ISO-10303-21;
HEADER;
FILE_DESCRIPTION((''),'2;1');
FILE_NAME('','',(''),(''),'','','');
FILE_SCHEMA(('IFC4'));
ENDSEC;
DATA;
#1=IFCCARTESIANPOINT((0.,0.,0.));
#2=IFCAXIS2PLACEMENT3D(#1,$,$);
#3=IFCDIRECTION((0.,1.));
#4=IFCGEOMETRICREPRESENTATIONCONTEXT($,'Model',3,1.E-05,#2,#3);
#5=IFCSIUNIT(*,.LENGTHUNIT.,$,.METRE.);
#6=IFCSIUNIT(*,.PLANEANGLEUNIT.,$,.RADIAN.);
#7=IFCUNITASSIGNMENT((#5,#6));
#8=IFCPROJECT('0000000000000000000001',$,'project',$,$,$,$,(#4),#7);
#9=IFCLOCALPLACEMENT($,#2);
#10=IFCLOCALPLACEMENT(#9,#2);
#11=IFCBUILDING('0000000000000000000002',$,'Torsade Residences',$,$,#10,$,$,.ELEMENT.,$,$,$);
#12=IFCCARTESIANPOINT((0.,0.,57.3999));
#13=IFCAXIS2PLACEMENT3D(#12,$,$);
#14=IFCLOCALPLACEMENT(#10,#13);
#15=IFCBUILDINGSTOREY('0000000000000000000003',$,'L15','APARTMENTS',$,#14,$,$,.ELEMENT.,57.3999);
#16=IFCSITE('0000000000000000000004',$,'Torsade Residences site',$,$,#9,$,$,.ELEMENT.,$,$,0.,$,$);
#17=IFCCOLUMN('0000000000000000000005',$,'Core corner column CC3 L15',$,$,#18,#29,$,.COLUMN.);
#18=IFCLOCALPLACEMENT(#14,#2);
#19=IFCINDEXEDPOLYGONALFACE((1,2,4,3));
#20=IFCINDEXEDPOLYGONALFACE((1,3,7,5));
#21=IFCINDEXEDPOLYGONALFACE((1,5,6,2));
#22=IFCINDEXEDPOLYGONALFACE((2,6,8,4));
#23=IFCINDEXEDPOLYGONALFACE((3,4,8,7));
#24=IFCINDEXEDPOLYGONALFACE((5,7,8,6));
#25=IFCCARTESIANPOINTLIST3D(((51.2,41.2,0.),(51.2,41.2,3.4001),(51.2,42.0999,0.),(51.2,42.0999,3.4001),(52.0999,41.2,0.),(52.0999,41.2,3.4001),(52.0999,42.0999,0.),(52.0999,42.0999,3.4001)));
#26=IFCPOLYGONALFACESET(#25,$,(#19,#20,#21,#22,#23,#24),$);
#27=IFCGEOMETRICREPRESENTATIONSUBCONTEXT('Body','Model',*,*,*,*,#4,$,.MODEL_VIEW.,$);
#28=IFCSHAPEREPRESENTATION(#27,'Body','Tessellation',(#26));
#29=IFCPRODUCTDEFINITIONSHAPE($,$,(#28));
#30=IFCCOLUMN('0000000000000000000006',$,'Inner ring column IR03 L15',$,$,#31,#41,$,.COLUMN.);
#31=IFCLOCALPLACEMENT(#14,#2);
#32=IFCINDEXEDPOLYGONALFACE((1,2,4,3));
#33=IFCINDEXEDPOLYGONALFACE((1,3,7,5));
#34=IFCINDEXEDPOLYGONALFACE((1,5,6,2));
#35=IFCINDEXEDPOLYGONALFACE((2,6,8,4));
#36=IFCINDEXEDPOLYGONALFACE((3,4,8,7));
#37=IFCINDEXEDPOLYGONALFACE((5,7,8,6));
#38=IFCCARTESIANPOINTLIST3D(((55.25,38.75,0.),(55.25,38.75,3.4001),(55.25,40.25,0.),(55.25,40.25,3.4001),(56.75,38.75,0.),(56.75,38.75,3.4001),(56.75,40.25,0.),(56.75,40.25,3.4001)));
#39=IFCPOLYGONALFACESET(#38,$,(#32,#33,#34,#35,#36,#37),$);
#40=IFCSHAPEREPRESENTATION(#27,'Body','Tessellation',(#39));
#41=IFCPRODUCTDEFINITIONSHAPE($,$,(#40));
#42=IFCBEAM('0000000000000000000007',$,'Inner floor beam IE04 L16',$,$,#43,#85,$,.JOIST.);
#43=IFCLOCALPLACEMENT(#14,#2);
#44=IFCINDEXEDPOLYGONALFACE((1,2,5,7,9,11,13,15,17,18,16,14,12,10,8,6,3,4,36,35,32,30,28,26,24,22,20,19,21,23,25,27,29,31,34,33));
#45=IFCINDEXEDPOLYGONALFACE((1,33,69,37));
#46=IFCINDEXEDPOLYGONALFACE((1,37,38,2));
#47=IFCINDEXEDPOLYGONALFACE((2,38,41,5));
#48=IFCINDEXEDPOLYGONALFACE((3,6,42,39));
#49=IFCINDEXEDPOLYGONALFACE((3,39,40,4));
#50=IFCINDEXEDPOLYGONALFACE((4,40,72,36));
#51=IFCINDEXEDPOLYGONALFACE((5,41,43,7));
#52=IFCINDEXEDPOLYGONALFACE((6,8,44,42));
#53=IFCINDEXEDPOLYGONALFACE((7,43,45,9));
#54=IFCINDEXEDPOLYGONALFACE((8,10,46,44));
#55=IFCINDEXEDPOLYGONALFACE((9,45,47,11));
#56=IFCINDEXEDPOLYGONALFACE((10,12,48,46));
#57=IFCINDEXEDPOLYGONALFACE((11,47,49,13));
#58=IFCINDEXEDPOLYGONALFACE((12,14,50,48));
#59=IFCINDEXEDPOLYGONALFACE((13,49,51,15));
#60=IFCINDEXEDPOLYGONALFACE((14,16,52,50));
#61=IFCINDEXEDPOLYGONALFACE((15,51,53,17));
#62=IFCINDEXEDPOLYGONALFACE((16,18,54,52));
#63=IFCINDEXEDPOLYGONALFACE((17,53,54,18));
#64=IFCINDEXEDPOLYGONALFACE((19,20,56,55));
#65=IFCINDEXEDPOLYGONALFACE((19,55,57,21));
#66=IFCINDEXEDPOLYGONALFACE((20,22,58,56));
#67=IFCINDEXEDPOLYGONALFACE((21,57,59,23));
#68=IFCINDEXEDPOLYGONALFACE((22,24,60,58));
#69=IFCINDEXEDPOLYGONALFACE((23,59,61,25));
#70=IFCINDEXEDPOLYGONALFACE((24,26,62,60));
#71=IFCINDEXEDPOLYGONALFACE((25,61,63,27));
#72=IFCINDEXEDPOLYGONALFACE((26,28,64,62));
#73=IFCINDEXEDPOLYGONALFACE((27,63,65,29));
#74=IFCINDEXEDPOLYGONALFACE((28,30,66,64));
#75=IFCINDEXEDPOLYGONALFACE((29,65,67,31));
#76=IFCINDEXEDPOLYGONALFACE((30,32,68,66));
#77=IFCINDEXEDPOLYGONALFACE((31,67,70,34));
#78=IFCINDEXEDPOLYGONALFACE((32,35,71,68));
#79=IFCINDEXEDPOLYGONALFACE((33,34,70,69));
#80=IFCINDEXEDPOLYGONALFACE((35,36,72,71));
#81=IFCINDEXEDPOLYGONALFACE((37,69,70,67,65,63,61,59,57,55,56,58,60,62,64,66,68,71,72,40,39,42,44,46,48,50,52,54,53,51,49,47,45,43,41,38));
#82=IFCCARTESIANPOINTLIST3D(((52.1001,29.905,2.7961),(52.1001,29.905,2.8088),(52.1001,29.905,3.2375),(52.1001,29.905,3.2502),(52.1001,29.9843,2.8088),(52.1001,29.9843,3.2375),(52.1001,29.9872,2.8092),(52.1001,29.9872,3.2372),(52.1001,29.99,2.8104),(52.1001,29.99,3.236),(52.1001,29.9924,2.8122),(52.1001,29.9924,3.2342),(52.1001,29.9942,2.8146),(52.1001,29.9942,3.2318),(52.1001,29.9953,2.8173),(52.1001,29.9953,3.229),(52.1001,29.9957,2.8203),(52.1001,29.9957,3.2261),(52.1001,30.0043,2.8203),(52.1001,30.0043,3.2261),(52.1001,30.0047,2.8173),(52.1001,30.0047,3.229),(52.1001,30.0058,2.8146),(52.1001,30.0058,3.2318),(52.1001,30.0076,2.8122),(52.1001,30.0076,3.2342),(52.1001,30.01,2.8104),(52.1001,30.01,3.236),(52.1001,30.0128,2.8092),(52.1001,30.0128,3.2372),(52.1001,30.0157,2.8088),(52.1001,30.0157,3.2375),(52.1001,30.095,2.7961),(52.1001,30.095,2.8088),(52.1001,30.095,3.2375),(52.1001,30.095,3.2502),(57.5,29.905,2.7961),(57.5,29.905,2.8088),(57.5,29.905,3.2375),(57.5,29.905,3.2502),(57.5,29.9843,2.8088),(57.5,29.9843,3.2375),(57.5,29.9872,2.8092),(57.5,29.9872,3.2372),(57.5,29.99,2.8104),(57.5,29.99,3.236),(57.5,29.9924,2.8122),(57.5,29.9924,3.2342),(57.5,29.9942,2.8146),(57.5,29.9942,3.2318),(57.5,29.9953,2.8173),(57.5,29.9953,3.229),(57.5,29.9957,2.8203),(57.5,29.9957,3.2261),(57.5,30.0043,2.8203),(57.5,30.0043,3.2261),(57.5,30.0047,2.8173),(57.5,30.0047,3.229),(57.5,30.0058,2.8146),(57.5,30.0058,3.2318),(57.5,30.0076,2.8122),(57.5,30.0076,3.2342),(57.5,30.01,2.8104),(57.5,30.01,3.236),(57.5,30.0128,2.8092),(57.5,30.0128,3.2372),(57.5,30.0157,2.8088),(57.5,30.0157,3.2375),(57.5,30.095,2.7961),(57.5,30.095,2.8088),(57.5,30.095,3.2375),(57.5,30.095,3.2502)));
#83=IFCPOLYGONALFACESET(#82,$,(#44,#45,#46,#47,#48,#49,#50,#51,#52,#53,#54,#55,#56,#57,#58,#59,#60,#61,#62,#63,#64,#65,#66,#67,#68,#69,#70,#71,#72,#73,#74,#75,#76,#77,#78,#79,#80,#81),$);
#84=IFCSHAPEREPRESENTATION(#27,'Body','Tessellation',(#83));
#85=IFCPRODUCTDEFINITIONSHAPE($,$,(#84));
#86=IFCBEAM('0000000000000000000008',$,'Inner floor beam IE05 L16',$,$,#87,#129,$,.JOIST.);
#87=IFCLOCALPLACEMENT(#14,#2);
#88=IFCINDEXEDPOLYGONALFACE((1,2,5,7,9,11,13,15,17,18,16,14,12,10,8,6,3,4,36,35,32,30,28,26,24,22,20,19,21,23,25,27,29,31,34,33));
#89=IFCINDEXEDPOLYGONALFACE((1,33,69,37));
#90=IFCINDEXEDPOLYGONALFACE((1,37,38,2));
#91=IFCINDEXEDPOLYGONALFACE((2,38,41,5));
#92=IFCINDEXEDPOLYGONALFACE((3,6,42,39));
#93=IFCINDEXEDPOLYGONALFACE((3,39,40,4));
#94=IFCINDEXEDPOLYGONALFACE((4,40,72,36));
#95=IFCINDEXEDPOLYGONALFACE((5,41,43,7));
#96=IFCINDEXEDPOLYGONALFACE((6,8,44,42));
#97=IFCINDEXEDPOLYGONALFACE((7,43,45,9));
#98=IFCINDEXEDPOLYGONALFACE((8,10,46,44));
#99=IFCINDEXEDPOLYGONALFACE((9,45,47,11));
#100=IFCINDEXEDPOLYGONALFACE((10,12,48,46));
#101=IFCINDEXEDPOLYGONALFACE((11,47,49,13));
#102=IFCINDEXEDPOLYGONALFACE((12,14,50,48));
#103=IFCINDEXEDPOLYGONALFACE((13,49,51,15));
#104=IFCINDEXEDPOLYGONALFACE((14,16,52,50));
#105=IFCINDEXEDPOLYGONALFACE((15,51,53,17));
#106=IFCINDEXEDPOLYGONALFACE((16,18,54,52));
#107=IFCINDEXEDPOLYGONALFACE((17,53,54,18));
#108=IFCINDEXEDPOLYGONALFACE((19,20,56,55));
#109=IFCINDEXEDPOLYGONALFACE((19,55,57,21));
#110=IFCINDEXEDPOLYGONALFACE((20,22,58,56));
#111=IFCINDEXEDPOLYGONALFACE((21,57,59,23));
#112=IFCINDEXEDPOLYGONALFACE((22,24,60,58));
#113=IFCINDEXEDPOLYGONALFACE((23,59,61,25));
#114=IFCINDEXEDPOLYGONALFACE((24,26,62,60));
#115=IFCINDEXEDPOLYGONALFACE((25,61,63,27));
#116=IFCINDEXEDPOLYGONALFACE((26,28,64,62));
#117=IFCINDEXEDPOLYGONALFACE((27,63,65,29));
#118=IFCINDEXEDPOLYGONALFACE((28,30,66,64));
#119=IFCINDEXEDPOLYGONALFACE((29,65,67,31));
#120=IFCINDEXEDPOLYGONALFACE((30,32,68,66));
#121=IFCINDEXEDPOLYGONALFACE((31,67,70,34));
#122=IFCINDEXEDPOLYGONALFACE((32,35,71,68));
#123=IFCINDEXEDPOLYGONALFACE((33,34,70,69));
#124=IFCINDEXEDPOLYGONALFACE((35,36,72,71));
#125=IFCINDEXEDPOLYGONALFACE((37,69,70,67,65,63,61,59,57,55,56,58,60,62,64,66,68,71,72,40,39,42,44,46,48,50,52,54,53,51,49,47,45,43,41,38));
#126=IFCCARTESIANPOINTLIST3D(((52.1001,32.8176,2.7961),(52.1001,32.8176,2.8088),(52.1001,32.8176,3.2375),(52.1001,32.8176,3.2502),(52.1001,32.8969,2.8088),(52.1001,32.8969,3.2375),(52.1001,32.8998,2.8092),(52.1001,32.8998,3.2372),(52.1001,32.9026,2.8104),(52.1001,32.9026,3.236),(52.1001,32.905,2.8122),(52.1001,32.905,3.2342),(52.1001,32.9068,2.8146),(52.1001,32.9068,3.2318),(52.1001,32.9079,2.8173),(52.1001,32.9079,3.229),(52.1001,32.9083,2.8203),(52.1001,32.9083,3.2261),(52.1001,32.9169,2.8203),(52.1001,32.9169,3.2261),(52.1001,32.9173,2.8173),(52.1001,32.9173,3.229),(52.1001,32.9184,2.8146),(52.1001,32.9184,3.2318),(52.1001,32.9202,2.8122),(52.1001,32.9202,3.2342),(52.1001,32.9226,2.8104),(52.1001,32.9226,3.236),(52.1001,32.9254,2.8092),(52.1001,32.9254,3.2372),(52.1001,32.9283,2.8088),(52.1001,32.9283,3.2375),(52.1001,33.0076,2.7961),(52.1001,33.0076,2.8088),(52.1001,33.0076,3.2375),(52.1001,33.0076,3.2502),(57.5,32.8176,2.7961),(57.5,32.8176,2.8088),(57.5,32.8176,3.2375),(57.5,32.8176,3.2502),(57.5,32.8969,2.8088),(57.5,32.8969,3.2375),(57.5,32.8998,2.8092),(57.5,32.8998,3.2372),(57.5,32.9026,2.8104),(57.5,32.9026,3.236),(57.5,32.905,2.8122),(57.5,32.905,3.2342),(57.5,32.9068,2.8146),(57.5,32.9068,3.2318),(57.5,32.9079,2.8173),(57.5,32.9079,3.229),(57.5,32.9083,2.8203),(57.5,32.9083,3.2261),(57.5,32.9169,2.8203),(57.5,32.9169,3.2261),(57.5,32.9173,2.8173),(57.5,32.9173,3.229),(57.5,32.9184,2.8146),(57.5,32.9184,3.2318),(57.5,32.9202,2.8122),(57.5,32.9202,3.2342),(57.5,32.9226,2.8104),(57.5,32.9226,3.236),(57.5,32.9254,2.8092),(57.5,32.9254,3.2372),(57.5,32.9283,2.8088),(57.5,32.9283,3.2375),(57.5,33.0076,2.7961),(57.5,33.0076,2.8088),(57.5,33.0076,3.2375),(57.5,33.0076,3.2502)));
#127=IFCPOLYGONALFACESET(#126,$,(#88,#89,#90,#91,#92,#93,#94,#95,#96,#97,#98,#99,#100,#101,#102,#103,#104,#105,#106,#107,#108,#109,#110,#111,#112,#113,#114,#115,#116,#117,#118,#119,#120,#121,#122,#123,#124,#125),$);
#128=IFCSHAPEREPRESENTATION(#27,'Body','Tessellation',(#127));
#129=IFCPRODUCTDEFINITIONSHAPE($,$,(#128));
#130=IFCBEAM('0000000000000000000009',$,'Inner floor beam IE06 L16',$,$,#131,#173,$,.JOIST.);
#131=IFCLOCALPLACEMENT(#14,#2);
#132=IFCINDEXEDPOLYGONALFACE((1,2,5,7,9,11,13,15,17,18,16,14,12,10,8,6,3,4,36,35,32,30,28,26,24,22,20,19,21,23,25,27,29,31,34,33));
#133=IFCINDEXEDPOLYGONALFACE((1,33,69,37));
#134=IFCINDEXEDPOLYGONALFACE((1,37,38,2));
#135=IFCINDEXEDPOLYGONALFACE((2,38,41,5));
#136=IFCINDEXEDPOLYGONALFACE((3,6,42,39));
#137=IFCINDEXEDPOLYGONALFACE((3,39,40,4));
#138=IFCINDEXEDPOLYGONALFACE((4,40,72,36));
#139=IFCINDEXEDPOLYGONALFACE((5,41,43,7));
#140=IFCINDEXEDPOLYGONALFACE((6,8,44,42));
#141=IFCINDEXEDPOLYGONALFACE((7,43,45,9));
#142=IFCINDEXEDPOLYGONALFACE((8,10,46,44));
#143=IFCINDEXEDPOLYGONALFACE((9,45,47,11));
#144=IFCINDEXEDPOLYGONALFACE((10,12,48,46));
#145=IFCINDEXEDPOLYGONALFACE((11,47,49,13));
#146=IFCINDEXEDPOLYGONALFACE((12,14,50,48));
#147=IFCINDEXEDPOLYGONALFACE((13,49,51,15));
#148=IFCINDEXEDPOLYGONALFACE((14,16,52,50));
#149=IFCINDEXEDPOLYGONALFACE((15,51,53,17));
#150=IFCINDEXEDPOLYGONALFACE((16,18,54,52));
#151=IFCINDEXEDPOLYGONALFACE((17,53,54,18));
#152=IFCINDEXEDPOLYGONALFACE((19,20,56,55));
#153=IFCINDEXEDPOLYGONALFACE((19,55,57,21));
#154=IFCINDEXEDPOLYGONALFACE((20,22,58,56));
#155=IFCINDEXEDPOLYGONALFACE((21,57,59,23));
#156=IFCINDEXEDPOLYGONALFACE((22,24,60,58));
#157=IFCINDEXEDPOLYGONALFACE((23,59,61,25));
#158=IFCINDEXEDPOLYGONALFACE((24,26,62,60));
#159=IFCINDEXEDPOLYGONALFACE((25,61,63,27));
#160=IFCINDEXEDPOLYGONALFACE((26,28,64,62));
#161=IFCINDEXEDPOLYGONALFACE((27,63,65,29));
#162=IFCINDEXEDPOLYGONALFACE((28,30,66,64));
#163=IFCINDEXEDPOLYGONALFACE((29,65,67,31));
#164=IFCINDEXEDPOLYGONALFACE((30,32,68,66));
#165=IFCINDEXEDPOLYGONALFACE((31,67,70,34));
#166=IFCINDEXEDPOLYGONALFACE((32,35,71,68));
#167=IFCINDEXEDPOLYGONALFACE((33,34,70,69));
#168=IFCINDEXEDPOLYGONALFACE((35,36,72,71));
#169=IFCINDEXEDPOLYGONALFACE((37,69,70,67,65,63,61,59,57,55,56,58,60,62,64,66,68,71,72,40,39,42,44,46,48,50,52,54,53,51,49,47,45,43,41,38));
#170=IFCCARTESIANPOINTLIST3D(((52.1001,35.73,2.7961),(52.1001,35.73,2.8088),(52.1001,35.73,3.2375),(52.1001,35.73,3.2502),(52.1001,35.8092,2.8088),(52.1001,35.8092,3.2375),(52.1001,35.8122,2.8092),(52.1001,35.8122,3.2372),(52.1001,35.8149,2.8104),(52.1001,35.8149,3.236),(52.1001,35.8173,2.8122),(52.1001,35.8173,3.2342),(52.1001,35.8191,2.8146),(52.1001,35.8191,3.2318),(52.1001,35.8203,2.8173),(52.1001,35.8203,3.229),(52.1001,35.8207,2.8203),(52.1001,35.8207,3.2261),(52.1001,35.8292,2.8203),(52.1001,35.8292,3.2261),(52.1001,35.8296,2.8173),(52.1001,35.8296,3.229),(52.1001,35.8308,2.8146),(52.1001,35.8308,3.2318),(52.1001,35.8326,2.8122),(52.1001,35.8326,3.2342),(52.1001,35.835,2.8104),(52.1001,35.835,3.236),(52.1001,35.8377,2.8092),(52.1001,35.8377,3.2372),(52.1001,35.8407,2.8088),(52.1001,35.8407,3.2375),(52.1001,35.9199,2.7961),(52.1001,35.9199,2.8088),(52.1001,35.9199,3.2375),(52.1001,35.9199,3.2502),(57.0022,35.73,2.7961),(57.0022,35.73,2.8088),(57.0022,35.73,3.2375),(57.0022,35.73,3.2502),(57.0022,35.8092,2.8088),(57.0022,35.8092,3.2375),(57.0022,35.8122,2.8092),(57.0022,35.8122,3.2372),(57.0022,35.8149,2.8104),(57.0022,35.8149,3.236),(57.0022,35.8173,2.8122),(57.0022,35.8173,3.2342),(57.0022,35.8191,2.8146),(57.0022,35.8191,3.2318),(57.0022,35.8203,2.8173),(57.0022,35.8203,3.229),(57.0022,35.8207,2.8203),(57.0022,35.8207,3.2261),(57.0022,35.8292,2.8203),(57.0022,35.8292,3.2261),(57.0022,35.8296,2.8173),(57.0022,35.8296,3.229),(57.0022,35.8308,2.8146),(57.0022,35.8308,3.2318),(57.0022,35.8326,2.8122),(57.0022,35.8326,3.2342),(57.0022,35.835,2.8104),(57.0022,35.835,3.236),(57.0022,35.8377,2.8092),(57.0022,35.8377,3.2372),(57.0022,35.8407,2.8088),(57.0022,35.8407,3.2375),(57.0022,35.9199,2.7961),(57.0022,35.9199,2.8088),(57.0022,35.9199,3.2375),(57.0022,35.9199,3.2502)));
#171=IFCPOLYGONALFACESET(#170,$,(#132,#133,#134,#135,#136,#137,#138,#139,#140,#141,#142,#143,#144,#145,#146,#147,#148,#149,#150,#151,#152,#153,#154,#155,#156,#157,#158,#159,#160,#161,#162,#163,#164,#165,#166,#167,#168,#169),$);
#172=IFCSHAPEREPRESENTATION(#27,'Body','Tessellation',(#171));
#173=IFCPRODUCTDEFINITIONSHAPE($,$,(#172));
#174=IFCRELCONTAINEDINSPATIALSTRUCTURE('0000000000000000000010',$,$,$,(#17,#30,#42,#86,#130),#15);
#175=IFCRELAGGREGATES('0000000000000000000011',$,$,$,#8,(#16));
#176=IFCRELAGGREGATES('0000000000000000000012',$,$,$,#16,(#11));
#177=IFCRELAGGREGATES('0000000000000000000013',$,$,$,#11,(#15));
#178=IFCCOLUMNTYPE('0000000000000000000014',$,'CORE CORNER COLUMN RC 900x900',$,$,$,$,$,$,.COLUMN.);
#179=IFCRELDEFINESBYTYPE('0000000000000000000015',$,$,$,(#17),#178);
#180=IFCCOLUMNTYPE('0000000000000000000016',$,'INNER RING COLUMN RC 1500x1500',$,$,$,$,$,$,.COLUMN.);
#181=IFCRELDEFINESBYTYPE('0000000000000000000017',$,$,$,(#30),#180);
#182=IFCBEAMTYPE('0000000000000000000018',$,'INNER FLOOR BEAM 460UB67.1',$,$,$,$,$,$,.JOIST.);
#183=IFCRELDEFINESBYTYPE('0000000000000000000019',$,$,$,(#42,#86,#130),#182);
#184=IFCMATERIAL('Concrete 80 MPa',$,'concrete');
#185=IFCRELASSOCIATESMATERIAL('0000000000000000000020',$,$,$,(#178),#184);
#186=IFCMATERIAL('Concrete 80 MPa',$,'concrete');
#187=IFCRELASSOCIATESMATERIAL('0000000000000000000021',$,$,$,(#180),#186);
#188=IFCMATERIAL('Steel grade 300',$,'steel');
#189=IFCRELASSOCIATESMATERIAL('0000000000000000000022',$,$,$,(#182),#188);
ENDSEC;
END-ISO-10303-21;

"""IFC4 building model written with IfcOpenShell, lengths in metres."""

from ifc_helpers import new_model, si_unit, direction, frame, origin, origin_2d, place, context, subcontext, project, spatial, rectangle, i_section, extrude, material, material_profile, profile_set, type_object, element, save


model = new_model("IFC4")

# Units and contexts
model_context = context("Model", 3, precision=1e-05, world=origin(), true_north=direction((0.0, 1.0)))
body_context = subcontext(model_context, "Body", "Model", "MODEL_VIEW")
ifc_project = project(units=[si_unit("LENGTHUNIT", "METRE"), si_unit("PLANEANGLEUNIT", "RADIAN")], contexts=[model_context])

# Site, building, storey
site_placement = place(None, origin())
site = spatial("IfcSite", under=ifc_project, at=site_placement, Name="Torsade Residences site", CompositionType="ELEMENT", RefElevation=0.0)
building_placement = place(site_placement, origin())
building = spatial("IfcBuilding", under=site, at=building_placement, Name="Torsade Residences", CompositionType="ELEMENT")
storey_placement = place(building_placement, frame((0.0, 0.0, 57.3999)))
storey = spatial("IfcBuildingStorey", under=building, at=storey_placement, Name="L15", Description="APARTMENTS", CompositionType="ELEMENT", Elevation=57.3999)

# Columns
ifc_material_1 = material(Name="Concrete 80 MPa", Category="concrete")
ifc_material_profile_1 = material_profile(ifc_material_1, rectangle(XDim=0.8999, YDim=0.8999, at=origin_2d()), Name="RC 900x900")
ifc_profile_set_1 = profile_set([ifc_material_profile_1], Name="Concrete 80 MPa")
column_type_1 = type_object("IfcColumnType", Name="CORE CORNER COLUMN RC 900x900", PredefinedType="COLUMN", material=ifc_profile_set_1)
column_1_placement = place(storey_placement, frame((51.6499, 41.6499, 0.0), z_axis=(0.0, 0.0, 1.0), x_axis=(1.0, 0.0, 0.0)))
element("IfcColumn", 1, at=column_1_placement, inside=storey, type_object=column_type_1, Name="Core corner column CC3 L15", PredefinedType="COLUMN", context=body_context, shape_type="SweptSolid", body=[
    extrude(rectangle(XDim=0.8999, YDim=0.8999, at=origin_2d()), origin(), (0.0, 0.0, 1.0), 3.4001),
])
ifc_material_2 = material(Name="Concrete 80 MPa", Category="concrete")
ifc_material_profile_2 = material_profile(ifc_material_2, rectangle(XDim=1.5, YDim=1.5, at=origin_2d()), Name="RC 1500x1500")
ifc_profile_set_2 = profile_set([ifc_material_profile_2], Name="Concrete 80 MPa")
column_type_2 = type_object("IfcColumnType", Name="INNER RING COLUMN RC 1500x1500", PredefinedType="COLUMN", material=ifc_profile_set_2)
column_2_placement = place(storey_placement, frame((56.0, 39.5, 0.0), z_axis=(0.0, 0.0, 1.0), x_axis=(1.0, 0.0, 0.0)))
element("IfcColumn", 2, at=column_2_placement, inside=storey, type_object=column_type_2, Name="Inner ring column IR03 L15", PredefinedType="COLUMN", context=body_context, shape_type="SweptSolid", body=[
    extrude(rectangle(XDim=1.5, YDim=1.5, at=origin_2d()), origin(), (0.0, 0.0, 1.0), 3.4001),
])

# Beams
ifc_material_3 = material(Name="Steel grade 300", Category="steel")
ifc_material_profile_3 = material_profile(ifc_material_3, i_section(OverallWidth=0.1899, OverallDepth=0.4541, WebThickness=0.0085, FlangeThickness=0.0127, FilletRadius=0.0115, at=origin_2d()), Name="460UB67.1")
ifc_profile_set_3 = profile_set([ifc_material_profile_3], Name="Steel grade 300")
beam_type_1 = type_object("IfcBeamType", Name="INNER FLOOR BEAM 460UB67.1", PredefinedType="JOIST", material=ifc_profile_set_3)
for number, where, z_axis, x_axis, name in (
    (3, (52.1001, 30.0, 3.0232), (1.0, 0.0, 0.0), (0.0, 1.0, 0.0), "Inner floor beam IE04 L16"),
    (4, (52.1001, 32.9126, 3.0232), (1.0, 0.0, 0.0), (0.0, 1.0, 0.0), "Inner floor beam IE05 L16"),
):
    element("IfcBeam", number, at=place(storey_placement, frame(where, z_axis=z_axis, x_axis=x_axis)), inside=storey, type_object=beam_type_1, Name=name, PredefinedType="JOIST", context=body_context, shape_type="SweptSolid", body=[
        extrude(i_section(OverallWidth=0.1899, OverallDepth=0.4541, WebThickness=0.0085, FlangeThickness=0.0127, FilletRadius=0.0115, at=origin_2d()), origin(), (0.0, 0.0, 1.0), 5.3999),
    ])
beam_1_placement = place(storey_placement, frame((52.1001, 35.825, 3.0232), z_axis=(1.0, 0.0, 0.0), x_axis=(0.0, 1.0, 0.0)))
element("IfcBeam", 5, at=beam_1_placement, inside=storey, type_object=beam_type_1, Name="Inner floor beam IE06 L16", PredefinedType="JOIST", context=body_context, shape_type="SweptSolid", body=[
    extrude(i_section(OverallWidth=0.1899, OverallDepth=0.4541, WebThickness=0.0085, FlangeThickness=0.0127, FilletRadius=0.0115, at=origin_2d()), origin(), (0.0, 0.0, 1.0), 4.9021),
])

save(model, "model.ifc")
